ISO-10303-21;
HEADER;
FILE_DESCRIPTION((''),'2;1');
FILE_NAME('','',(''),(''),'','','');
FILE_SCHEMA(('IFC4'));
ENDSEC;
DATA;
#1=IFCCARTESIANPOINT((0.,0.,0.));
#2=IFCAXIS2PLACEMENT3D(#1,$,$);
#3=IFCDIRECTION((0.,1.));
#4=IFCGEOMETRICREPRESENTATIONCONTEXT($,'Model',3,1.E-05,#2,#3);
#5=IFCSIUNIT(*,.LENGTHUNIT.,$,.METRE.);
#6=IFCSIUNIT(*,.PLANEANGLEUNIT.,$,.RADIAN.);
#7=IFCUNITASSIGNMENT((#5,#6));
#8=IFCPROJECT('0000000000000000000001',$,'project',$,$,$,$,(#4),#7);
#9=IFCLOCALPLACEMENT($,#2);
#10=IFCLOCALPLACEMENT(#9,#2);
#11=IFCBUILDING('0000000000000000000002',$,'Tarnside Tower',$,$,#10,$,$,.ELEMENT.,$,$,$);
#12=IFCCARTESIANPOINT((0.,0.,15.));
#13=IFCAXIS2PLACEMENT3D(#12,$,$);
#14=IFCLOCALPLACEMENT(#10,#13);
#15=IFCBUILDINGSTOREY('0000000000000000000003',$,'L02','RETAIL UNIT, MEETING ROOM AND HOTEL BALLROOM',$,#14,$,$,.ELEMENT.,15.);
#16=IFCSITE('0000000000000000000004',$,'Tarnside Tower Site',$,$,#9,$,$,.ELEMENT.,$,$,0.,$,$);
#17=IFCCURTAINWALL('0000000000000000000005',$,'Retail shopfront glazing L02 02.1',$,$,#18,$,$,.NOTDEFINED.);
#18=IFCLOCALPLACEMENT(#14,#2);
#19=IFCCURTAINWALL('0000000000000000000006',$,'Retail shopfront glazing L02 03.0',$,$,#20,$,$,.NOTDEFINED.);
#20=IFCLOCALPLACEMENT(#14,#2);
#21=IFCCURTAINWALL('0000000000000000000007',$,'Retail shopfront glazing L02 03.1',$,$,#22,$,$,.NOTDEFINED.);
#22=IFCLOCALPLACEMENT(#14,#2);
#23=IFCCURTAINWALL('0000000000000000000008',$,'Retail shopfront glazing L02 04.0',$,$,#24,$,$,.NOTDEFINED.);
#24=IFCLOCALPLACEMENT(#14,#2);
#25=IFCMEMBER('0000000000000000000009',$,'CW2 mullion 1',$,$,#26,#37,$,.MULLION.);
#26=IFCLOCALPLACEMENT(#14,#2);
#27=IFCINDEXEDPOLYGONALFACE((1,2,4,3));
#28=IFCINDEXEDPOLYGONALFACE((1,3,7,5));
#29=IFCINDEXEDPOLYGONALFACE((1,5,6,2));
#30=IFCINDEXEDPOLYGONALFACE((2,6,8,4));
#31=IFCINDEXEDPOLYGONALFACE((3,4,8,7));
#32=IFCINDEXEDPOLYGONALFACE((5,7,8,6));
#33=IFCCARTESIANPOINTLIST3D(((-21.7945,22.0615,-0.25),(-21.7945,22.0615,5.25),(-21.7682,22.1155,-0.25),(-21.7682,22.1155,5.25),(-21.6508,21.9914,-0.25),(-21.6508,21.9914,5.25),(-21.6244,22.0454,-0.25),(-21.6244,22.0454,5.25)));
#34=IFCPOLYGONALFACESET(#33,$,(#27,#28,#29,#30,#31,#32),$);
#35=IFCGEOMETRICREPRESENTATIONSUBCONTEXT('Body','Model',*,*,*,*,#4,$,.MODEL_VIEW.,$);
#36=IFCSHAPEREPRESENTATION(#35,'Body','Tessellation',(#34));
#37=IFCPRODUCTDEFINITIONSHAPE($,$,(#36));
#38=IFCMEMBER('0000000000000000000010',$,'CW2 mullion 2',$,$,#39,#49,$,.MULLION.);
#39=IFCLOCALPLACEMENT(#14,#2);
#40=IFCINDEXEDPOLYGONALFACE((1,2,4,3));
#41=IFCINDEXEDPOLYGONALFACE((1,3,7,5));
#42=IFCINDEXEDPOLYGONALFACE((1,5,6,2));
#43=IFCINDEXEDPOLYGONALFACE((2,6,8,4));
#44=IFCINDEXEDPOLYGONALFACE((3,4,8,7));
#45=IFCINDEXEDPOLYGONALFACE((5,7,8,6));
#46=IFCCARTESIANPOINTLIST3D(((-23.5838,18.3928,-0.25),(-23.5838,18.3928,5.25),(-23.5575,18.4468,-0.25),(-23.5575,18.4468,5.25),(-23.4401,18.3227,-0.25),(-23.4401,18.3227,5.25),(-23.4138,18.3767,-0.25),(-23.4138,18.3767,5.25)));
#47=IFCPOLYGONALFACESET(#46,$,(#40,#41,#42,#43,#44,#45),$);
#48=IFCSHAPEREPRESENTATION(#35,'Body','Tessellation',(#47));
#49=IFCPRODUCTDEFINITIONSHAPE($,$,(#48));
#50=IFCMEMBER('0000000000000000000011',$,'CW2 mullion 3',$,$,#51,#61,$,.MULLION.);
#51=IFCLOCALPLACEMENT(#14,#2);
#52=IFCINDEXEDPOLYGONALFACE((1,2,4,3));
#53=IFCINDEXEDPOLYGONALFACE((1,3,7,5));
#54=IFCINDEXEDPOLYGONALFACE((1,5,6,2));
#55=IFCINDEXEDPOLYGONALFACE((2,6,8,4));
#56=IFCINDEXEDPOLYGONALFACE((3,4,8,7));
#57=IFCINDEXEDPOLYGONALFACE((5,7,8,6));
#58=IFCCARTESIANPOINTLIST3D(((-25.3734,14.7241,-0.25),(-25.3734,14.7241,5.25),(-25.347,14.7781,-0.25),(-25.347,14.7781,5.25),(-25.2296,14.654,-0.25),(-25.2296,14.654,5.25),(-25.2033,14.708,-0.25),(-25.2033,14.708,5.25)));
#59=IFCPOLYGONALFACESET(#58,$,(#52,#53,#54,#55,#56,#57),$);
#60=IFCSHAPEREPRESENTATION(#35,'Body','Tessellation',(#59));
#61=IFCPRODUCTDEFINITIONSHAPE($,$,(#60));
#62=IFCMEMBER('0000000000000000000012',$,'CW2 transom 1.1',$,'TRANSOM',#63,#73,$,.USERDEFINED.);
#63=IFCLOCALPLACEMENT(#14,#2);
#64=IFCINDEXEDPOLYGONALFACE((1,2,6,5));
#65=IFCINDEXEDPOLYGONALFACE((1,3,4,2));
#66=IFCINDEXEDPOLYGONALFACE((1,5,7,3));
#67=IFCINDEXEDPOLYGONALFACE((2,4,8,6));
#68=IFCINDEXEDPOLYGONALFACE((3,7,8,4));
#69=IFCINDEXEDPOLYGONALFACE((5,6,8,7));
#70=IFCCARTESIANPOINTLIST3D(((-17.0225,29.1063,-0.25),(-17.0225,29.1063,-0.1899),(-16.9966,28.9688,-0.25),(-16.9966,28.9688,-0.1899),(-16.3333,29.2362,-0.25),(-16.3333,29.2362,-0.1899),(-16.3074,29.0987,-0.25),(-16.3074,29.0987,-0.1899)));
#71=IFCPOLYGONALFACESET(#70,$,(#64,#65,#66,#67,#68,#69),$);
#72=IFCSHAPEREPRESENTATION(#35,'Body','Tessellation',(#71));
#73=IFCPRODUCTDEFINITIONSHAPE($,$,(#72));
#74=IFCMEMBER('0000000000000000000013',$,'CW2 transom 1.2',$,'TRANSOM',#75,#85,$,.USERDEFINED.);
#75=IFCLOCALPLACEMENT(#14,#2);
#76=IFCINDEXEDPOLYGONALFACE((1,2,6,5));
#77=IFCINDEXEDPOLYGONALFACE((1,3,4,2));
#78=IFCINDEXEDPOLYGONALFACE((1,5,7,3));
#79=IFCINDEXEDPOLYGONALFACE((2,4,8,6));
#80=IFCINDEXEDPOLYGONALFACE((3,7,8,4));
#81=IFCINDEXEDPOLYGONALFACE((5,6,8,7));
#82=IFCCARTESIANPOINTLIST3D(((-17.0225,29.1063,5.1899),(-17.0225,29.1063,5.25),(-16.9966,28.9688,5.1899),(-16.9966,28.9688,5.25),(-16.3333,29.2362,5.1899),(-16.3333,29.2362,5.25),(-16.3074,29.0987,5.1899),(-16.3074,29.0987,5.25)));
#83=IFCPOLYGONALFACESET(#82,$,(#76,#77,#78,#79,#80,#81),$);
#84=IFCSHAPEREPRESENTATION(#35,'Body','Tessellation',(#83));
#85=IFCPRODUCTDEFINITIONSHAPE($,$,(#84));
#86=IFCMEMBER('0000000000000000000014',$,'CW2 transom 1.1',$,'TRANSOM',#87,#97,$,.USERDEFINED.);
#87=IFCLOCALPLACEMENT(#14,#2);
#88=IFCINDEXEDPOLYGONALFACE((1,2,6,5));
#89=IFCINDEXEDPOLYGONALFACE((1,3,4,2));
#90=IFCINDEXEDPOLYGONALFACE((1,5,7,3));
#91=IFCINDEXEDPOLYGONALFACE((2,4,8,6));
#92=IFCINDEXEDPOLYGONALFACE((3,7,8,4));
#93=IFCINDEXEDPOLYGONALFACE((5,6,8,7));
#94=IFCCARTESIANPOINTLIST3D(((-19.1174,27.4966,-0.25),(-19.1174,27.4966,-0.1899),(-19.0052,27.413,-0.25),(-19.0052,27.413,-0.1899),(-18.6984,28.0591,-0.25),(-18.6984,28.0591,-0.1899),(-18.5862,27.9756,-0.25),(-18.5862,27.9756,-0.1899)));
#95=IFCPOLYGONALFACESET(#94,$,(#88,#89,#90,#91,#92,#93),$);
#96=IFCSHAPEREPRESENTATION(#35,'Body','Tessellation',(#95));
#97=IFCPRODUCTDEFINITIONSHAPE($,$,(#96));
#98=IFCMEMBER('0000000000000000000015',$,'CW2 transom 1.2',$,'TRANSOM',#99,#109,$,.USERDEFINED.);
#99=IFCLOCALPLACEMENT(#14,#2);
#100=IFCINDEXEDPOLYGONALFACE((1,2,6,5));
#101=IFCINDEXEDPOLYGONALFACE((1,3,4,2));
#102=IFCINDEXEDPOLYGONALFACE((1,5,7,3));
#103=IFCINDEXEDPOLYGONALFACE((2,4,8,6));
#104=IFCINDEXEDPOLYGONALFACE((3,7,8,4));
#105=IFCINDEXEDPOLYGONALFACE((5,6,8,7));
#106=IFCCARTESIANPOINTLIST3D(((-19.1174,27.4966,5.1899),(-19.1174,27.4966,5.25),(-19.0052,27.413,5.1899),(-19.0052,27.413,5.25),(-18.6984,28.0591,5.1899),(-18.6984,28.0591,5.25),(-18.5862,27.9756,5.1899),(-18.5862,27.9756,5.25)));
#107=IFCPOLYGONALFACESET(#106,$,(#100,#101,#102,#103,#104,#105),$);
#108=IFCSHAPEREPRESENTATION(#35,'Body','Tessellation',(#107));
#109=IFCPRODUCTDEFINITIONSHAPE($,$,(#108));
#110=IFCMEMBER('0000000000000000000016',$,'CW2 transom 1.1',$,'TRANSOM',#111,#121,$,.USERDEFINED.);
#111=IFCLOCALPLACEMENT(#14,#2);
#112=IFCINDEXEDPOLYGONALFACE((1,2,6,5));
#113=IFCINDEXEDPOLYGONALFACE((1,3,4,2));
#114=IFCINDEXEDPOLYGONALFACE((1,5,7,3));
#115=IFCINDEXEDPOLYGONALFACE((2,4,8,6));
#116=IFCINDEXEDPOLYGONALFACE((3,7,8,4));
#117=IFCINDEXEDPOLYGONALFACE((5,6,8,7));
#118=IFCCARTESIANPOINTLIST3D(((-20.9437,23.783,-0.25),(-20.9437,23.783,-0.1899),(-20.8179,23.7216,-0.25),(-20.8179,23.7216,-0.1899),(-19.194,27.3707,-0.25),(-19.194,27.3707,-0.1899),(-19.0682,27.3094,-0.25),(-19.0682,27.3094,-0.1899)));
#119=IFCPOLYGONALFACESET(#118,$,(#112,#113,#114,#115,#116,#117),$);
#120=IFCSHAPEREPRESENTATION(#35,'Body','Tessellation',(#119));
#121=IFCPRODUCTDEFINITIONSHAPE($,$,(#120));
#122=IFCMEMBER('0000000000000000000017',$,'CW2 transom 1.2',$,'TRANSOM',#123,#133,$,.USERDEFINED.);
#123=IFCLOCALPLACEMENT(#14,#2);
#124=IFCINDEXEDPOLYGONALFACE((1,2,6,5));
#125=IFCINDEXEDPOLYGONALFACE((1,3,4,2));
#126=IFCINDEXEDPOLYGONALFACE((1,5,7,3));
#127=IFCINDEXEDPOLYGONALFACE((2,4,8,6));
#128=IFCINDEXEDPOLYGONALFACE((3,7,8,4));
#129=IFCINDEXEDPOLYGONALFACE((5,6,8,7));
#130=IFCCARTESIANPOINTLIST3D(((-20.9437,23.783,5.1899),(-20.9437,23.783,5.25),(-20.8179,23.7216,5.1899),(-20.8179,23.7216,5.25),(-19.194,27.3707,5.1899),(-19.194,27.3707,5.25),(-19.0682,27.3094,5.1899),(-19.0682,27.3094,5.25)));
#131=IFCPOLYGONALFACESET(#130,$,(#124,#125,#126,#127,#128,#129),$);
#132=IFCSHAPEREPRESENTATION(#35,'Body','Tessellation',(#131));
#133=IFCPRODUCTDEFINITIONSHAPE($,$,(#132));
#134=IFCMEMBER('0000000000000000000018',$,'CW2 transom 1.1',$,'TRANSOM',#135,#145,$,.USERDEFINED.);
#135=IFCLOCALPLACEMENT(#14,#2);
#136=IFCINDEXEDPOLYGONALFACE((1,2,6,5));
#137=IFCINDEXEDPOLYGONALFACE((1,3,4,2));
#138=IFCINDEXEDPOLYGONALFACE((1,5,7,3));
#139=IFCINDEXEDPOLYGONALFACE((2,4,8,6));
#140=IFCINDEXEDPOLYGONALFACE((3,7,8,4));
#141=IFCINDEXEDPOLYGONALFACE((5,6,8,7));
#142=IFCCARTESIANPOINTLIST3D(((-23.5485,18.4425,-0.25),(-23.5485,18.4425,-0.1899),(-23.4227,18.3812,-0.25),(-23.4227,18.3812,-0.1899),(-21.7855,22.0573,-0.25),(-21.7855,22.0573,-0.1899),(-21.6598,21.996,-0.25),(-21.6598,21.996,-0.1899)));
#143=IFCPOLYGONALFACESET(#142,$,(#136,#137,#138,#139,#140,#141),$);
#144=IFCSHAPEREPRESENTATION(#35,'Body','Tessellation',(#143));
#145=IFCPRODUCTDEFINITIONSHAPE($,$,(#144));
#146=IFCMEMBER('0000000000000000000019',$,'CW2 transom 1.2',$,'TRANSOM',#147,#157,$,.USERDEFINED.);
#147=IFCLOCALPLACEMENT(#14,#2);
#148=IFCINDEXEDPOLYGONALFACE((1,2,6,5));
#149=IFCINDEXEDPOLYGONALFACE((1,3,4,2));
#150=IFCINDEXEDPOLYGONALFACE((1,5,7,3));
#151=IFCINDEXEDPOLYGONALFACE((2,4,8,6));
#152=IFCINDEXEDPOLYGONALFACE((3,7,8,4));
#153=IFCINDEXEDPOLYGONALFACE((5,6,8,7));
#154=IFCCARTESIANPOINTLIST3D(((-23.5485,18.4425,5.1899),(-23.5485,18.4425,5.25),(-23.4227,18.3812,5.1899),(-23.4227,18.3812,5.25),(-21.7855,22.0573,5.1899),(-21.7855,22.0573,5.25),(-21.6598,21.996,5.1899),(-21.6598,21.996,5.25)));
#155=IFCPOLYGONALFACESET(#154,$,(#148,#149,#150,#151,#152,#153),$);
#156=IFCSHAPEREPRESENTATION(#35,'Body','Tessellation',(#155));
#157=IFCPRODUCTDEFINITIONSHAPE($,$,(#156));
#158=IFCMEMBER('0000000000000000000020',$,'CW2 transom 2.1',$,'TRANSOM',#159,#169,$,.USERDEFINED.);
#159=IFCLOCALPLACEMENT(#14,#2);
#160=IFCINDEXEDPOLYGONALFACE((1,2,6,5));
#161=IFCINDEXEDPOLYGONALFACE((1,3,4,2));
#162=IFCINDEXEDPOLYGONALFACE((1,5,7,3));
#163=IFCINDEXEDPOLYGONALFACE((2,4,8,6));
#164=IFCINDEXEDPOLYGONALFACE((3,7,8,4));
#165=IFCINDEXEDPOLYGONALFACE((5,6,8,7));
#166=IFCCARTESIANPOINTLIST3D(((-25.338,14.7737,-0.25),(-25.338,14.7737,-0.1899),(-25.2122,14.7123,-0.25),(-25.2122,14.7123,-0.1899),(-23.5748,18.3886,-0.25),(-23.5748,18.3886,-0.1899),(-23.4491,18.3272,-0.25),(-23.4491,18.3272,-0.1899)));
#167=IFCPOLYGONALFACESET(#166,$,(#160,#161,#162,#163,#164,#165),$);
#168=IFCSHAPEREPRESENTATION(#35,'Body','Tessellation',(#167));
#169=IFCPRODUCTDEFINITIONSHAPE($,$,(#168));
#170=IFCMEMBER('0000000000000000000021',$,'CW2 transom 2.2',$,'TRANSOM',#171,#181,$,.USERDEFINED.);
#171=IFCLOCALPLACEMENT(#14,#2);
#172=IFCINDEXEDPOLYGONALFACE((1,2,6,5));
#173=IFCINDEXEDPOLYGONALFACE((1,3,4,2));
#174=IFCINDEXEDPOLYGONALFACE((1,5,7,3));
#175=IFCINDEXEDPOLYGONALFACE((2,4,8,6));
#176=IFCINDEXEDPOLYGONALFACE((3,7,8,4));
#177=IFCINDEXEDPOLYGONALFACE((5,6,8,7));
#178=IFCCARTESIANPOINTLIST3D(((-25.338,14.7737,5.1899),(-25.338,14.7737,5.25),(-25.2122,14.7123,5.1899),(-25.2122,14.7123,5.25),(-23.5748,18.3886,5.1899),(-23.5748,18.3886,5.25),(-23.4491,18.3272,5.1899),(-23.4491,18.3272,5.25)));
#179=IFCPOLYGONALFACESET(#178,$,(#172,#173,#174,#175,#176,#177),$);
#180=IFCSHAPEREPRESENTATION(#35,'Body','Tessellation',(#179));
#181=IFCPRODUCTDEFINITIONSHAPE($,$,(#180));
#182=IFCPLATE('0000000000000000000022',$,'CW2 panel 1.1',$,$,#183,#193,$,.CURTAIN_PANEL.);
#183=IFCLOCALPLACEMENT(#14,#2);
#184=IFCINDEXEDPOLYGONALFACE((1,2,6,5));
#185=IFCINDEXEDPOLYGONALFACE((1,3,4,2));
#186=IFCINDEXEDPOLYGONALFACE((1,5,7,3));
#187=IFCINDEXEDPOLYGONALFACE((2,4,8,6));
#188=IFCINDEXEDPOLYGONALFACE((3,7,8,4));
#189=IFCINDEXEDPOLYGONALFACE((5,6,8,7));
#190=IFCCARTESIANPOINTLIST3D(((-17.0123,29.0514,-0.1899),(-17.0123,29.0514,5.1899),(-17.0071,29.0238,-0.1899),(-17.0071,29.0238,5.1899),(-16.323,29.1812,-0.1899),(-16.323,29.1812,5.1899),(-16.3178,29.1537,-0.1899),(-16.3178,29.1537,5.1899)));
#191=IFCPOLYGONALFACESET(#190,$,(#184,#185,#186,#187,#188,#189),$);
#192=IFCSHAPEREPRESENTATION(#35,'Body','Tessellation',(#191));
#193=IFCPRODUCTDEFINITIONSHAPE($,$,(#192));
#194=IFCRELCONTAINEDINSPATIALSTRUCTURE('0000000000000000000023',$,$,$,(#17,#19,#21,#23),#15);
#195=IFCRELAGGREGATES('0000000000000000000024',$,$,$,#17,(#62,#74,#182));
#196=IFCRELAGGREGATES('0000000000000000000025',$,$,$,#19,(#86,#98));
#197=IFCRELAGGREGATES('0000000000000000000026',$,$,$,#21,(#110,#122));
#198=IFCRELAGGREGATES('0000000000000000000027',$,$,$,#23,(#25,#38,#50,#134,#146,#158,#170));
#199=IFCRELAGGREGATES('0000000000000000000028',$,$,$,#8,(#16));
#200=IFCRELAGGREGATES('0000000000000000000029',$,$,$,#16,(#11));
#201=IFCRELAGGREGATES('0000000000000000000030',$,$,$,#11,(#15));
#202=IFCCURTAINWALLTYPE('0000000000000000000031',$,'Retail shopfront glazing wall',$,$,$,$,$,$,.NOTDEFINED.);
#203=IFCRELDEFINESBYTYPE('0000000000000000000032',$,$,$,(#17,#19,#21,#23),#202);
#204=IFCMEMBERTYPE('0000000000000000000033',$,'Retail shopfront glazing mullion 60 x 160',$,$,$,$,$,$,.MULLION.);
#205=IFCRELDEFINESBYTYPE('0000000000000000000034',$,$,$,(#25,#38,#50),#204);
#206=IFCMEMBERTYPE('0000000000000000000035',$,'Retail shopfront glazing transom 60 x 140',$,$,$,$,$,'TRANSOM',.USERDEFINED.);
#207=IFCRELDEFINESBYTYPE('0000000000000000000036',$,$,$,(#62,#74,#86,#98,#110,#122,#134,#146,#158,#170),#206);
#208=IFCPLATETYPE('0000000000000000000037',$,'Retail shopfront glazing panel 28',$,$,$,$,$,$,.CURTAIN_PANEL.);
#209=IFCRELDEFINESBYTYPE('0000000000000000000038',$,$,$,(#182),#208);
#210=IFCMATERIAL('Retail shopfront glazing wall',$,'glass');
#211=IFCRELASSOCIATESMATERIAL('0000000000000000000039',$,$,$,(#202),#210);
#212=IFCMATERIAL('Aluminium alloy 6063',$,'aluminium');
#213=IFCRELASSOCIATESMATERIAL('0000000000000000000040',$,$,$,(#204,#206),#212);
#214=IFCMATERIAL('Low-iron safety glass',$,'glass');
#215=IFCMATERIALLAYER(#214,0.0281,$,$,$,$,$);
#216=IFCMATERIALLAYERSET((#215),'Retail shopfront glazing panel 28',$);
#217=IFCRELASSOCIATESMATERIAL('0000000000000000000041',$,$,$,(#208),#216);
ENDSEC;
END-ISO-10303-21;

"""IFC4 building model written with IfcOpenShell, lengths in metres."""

from ifc_helpers import new_model, si_unit, direction, frame, origin, origin_2d, place, context, subcontext, project, spatial, rectangle, extrude, material, layer, layer_set, material_profile, profile_set, type_object, element, aggregate, save


model = new_model("IFC4")

# Units and contexts
model_context = context("Model", 3, precision=1e-05, world=origin(), true_north=direction((0.0, 1.0)))
body_context = subcontext(model_context, "Body", "Model", "MODEL_VIEW")
ifc_project = project(units=[si_unit("LENGTHUNIT", "METRE"), si_unit("PLANEANGLEUNIT", "RADIAN")], contexts=[model_context])

# Site, building, storey
site_placement = place(None, origin())
site = spatial("IfcSite", under=ifc_project, at=site_placement, Name="Tarnside Tower Site", CompositionType="ELEMENT", RefElevation=0.0)
building_placement = place(site_placement, origin())
building = spatial("IfcBuilding", under=site, at=building_placement, Name="Tarnside Tower", CompositionType="ELEMENT")
storey_placement = place(building_placement, frame((0.0, 0.0, 15.0)))
storey = spatial("IfcBuildingStorey", under=building, at=storey_placement, Name="L02", Description="RETAIL UNIT, MEETING ROOM AND HOTEL BALLROOM", CompositionType="ELEMENT", Elevation=15.0)

# Shared definitions
ifc_material_1 = material(Name="Retail shopfront glazing wall", Category="glass")
curtain_wall_type = type_object("IfcCurtainWallType", Name="Retail shopfront glazing wall", PredefinedType="NOTDEFINED", material=ifc_material_1)
ifc_material_2 = material(Name="Aluminium alloy 6063", Category="aluminium")
ifc_material_profile_1 = material_profile(ifc_material_2, rectangle(XDim=0.1599, YDim=0.0601, at=origin_2d()), Name="Retail shopfront glazing mullion 60 x 160")
ifc_profile_set_1 = profile_set([ifc_material_profile_1], Name="Aluminium alloy 6063")
member_type_1 = type_object("IfcMemberType", Name="Retail shopfront glazing mullion 60 x 160", PredefinedType="MULLION", material=ifc_profile_set_1)

# Curtain walls, members
curtain_wall_1_placement = place(storey_placement, origin())
curtain_wall_1 = element("IfcCurtainWall", 1, at=curtain_wall_1_placement, inside=storey, type_object=curtain_wall_type, Name="Retail shopfront glazing L02 02.1", PredefinedType="NOTDEFINED")
curtain_wall_2_placement = place(storey_placement, origin())
curtain_wall_2 = element("IfcCurtainWall", 2, at=curtain_wall_2_placement, inside=storey, type_object=curtain_wall_type, Name="Retail shopfront glazing L02 03.0", PredefinedType="NOTDEFINED")
curtain_wall_3_placement = place(storey_placement, origin())
curtain_wall_3 = element("IfcCurtainWall", 3, at=curtain_wall_3_placement, inside=storey, type_object=curtain_wall_type, Name="Retail shopfront glazing L02 03.1", PredefinedType="NOTDEFINED")
curtain_wall_4_placement = place(storey_placement, origin())
curtain_wall_4 = element("IfcCurtainWall", 4, at=curtain_wall_4_placement, inside=storey, type_object=curtain_wall_type, Name="Retail shopfront glazing L02 04.0", PredefinedType="NOTDEFINED")
member_1_placement = place(storey_placement, frame((-21.7095, 22.0535, -0.25), z_axis=(0.0, 0.0, 1.0), x_axis=(0.898794, -0.438371, 0.0)))
member_1 = element("IfcMember", 5, at=member_1_placement, type_object=member_type_1, Name="CW2 mullion 1", PredefinedType="MULLION", context=body_context, shape_type="SweptSolid", body=[
    extrude(rectangle(XDim=0.1599, YDim=0.0601, at=origin_2d()), origin(), (0.0, 0.0, 1.0), 5.5),
])
member_2_placement = place(storey_placement, frame((-23.4988, 18.3848, -0.25), z_axis=(0.0, 0.0, 1.0), x_axis=(0.898794, -0.438371, 0.0)))
member_2 = element("IfcMember", 6, at=member_2_placement, type_object=member_type_1, Name="CW2 mullion 2", PredefinedType="MULLION", context=body_context, shape_type="SweptSolid", body=[
    extrude(rectangle(XDim=0.1599, YDim=0.0601, at=origin_2d()), origin(), (0.0, 0.0, 1.0), 5.5),
])
member_3_placement = place(storey_placement, frame((-25.2883, 14.7161, -0.25), z_axis=(0.0, 0.0, 1.0), x_axis=(0.898794, -0.438371, 0.0)))
member_3 = element("IfcMember", 7, at=member_3_placement, type_object=member_type_1, Name="CW2 mullion 3", PredefinedType="MULLION", context=body_context, shape_type="SweptSolid", body=[
    extrude(rectangle(XDim=0.1599, YDim=0.0601, at=origin_2d()), origin(), (0.0, 0.0, 1.0), 5.5),
])

# Members
ifc_material_profile_2 = material_profile(ifc_material_2, rectangle(XDim=0.1399, YDim=0.0601, at=origin_2d()), Name="Retail shopfront glazing transom 60 x 140")
ifc_profile_set_2 = profile_set([ifc_material_profile_2], Name="Aluminium alloy 6063")
member_type_2 = type_object("IfcMemberType", Name="Retail shopfront glazing transom 60 x 140", ElementType="TRANSOM", PredefinedType="USERDEFINED", material=ifc_profile_set_2)
member_4_placement = place(storey_placement, frame((-16.3203, 29.1675, -0.22), z_axis=(-0.982702, -0.185192, 0.0), x_axis=(0.185192, -0.982702, 0.0)))
member_4 = element("IfcMember", 8, at=member_4_placement, type_object=member_type_2, Name="CW2 transom 1.1", ObjectType="TRANSOM", PredefinedType="USERDEFINED", context=body_context, shape_type="SweptSolid", body=[
    extrude(rectangle(XDim=0.1399, YDim=0.0601, at=origin_2d()), origin(), (0.0, 0.0, 1.0), 0.7014),
])
member_5_placement = place(storey_placement, frame((-16.3203, 29.1675, 5.22), z_axis=(-0.982702, -0.185192, 0.0), x_axis=(0.185192, -0.982702, 0.0)))
member_5 = element("IfcMember", 9, at=member_5_placement, type_object=member_type_2, Name="CW2 transom 1.2", ObjectType="TRANSOM", PredefinedType="USERDEFINED", context=body_context, shape_type="SweptSolid", body=[
    extrude(rectangle(XDim=0.1399, YDim=0.0601, at=origin_2d()), origin(), (0.0, 0.0, 1.0), 0.7014),
])
member_6_placement = place(storey_placement, frame((-18.6423, 28.0173, -0.22), z_axis=(-0.597323, -0.802001, 0.0), x_axis=(0.802001, -0.597323, 0.0)))
member_6 = element("IfcMember", 10, at=member_6_placement, type_object=member_type_2, Name="CW2 transom 1.1", ObjectType="TRANSOM", PredefinedType="USERDEFINED", context=body_context, shape_type="SweptSolid", body=[
    extrude(rectangle(XDim=0.1399, YDim=0.0601, at=origin_2d()), origin(), (0.0, 0.0, 1.0), 0.7014),
])
member_7_placement = place(storey_placement, frame((-18.6423, 28.0173, 5.22), z_axis=(-0.597323, -0.802001, 0.0), x_axis=(0.802001, -0.597323, 0.0)))
member_7 = element("IfcMember", 11, at=member_7_placement, type_object=member_type_2, Name="CW2 transom 1.2", ObjectType="TRANSOM", PredefinedType="USERDEFINED", context=body_context, shape_type="SweptSolid", body=[
    extrude(rectangle(XDim=0.1399, YDim=0.0601, at=origin_2d()), origin(), (0.0, 0.0, 1.0), 0.7014),
])
member_8_placement = place(storey_placement, frame((-19.1311, 27.3401, -0.22), z_axis=(-0.438336, -0.898811, 0.0), x_axis=(0.898811, -0.438336, 0.0)))
member_8 = element("IfcMember", 12, at=member_8_placement, type_object=member_type_2, Name="CW2 transom 1.1", ObjectType="TRANSOM", PredefinedType="USERDEFINED", context=body_context, shape_type="SweptSolid", body=[
    extrude(rectangle(XDim=0.1399, YDim=0.0601, at=origin_2d()), origin(), (0.0, 0.0, 1.0), 3.9917),
])
member_9_placement = place(storey_placement, frame((-19.1311, 27.3401, 5.22), z_axis=(-0.438336, -0.898811, 0.0), x_axis=(0.898811, -0.438336, 0.0)))
member_9 = element("IfcMember", 13, at=member_9_placement, type_object=member_type_2, Name="CW2 transom 1.2", ObjectType="TRANSOM", PredefinedType="USERDEFINED", context=body_context, shape_type="SweptSolid", body=[
    extrude(rectangle(XDim=0.1399, YDim=0.0601, at=origin_2d()), origin(), (0.0, 0.0, 1.0), 3.9917),
])
member_10_placement = place(storey_placement, frame((-21.7227, 22.0266, -0.22), z_axis=(-0.438353, -0.898803, 0.0), x_axis=(0.898803, -0.438353, 0.0)))
member_10 = element("IfcMember", 14, at=member_10_placement, type_object=member_type_2, Name="CW2 transom 1.1", ObjectType="TRANSOM", PredefinedType="USERDEFINED", context=body_context, shape_type="SweptSolid", body=[
    extrude(rectangle(XDim=0.1399, YDim=0.0601, at=origin_2d()), origin(), (0.0, 0.0, 1.0), 4.0217),
])
member_11_placement = place(storey_placement, frame((-21.7227, 22.0266, 5.22), z_axis=(-0.438353, -0.898803, 0.0), x_axis=(0.898803, -0.438353, 0.0)))
member_11 = element("IfcMember", 15, at=member_11_placement, type_object=member_type_2, Name="CW2 transom 1.2", ObjectType="TRANSOM", PredefinedType="USERDEFINED", context=body_context, shape_type="SweptSolid", body=[
    extrude(rectangle(XDim=0.1399, YDim=0.0601, at=origin_2d()), origin(), (0.0, 0.0, 1.0), 4.0217),
])
member_12_placement = place(storey_placement, frame((-23.512, 18.3579, -0.22), z_axis=(-0.438378, -0.898791, 0.0), x_axis=(0.898791, -0.438378, 0.0)))
member_12 = element("IfcMember", 16, at=member_12_placement, type_object=member_type_2, Name="CW2 transom 2.1", ObjectType="TRANSOM", PredefinedType="USERDEFINED", context=body_context, shape_type="SweptSolid", body=[
    extrude(rectangle(XDim=0.1399, YDim=0.0601, at=origin_2d()), origin(), (0.0, 0.0, 1.0), 4.022),
])
member_13_placement = place(storey_placement, frame((-23.512, 18.3579, 5.22), z_axis=(-0.438378, -0.898791, 0.0), x_axis=(0.898791, -0.438378, 0.0)))
member_13 = element("IfcMember", 17, at=member_13_placement, type_object=member_type_2, Name="CW2 transom 2.2", ObjectType="TRANSOM", PredefinedType="USERDEFINED", context=body_context, shape_type="SweptSolid", body=[
    extrude(rectangle(XDim=0.1399, YDim=0.0601, at=origin_2d()), origin(), (0.0, 0.0, 1.0), 4.022),
])

# Plate
ifc_material_3 = material(Name="Low-iron safety glass", Category="glass")
ifc_layer_1 = layer(ifc_material_3, 0.0281)
ifc_layer_set_1 = layer_set([ifc_layer_1], Name="Retail shopfront glazing panel 28")
plate_type = type_object("IfcPlateType", Name="Retail shopfront glazing panel 28", PredefinedType="CURTAIN_PANEL", material=ifc_layer_set_1)
plate_1_placement = place(storey_placement, frame((-16.665, 29.1025, -0.1899), z_axis=(0.0, 0.0, 1.0), x_axis=(-0.982721, -0.185095, 0.0)))
plate_1 = element("IfcPlate", 18, at=plate_1_placement, type_object=plate_type, Name="CW2 panel 1.1", PredefinedType="CURTAIN_PANEL", context=body_context, shape_type="SweptSolid", body=[
    extrude(rectangle(XDim=0.7014, YDim=0.0281, at=origin_2d()), origin(), (0.0, 0.0, 1.0), 5.3799),
])
aggregate(curtain_wall_1, [member_4, member_5, plate_1])
aggregate(curtain_wall_2, [member_6, member_7])
aggregate(curtain_wall_3, [member_8, member_9])
aggregate(curtain_wall_4, [member_1, member_2, member_3, member_10, member_11, member_12, member_13])

save(model, "model.ifc")
